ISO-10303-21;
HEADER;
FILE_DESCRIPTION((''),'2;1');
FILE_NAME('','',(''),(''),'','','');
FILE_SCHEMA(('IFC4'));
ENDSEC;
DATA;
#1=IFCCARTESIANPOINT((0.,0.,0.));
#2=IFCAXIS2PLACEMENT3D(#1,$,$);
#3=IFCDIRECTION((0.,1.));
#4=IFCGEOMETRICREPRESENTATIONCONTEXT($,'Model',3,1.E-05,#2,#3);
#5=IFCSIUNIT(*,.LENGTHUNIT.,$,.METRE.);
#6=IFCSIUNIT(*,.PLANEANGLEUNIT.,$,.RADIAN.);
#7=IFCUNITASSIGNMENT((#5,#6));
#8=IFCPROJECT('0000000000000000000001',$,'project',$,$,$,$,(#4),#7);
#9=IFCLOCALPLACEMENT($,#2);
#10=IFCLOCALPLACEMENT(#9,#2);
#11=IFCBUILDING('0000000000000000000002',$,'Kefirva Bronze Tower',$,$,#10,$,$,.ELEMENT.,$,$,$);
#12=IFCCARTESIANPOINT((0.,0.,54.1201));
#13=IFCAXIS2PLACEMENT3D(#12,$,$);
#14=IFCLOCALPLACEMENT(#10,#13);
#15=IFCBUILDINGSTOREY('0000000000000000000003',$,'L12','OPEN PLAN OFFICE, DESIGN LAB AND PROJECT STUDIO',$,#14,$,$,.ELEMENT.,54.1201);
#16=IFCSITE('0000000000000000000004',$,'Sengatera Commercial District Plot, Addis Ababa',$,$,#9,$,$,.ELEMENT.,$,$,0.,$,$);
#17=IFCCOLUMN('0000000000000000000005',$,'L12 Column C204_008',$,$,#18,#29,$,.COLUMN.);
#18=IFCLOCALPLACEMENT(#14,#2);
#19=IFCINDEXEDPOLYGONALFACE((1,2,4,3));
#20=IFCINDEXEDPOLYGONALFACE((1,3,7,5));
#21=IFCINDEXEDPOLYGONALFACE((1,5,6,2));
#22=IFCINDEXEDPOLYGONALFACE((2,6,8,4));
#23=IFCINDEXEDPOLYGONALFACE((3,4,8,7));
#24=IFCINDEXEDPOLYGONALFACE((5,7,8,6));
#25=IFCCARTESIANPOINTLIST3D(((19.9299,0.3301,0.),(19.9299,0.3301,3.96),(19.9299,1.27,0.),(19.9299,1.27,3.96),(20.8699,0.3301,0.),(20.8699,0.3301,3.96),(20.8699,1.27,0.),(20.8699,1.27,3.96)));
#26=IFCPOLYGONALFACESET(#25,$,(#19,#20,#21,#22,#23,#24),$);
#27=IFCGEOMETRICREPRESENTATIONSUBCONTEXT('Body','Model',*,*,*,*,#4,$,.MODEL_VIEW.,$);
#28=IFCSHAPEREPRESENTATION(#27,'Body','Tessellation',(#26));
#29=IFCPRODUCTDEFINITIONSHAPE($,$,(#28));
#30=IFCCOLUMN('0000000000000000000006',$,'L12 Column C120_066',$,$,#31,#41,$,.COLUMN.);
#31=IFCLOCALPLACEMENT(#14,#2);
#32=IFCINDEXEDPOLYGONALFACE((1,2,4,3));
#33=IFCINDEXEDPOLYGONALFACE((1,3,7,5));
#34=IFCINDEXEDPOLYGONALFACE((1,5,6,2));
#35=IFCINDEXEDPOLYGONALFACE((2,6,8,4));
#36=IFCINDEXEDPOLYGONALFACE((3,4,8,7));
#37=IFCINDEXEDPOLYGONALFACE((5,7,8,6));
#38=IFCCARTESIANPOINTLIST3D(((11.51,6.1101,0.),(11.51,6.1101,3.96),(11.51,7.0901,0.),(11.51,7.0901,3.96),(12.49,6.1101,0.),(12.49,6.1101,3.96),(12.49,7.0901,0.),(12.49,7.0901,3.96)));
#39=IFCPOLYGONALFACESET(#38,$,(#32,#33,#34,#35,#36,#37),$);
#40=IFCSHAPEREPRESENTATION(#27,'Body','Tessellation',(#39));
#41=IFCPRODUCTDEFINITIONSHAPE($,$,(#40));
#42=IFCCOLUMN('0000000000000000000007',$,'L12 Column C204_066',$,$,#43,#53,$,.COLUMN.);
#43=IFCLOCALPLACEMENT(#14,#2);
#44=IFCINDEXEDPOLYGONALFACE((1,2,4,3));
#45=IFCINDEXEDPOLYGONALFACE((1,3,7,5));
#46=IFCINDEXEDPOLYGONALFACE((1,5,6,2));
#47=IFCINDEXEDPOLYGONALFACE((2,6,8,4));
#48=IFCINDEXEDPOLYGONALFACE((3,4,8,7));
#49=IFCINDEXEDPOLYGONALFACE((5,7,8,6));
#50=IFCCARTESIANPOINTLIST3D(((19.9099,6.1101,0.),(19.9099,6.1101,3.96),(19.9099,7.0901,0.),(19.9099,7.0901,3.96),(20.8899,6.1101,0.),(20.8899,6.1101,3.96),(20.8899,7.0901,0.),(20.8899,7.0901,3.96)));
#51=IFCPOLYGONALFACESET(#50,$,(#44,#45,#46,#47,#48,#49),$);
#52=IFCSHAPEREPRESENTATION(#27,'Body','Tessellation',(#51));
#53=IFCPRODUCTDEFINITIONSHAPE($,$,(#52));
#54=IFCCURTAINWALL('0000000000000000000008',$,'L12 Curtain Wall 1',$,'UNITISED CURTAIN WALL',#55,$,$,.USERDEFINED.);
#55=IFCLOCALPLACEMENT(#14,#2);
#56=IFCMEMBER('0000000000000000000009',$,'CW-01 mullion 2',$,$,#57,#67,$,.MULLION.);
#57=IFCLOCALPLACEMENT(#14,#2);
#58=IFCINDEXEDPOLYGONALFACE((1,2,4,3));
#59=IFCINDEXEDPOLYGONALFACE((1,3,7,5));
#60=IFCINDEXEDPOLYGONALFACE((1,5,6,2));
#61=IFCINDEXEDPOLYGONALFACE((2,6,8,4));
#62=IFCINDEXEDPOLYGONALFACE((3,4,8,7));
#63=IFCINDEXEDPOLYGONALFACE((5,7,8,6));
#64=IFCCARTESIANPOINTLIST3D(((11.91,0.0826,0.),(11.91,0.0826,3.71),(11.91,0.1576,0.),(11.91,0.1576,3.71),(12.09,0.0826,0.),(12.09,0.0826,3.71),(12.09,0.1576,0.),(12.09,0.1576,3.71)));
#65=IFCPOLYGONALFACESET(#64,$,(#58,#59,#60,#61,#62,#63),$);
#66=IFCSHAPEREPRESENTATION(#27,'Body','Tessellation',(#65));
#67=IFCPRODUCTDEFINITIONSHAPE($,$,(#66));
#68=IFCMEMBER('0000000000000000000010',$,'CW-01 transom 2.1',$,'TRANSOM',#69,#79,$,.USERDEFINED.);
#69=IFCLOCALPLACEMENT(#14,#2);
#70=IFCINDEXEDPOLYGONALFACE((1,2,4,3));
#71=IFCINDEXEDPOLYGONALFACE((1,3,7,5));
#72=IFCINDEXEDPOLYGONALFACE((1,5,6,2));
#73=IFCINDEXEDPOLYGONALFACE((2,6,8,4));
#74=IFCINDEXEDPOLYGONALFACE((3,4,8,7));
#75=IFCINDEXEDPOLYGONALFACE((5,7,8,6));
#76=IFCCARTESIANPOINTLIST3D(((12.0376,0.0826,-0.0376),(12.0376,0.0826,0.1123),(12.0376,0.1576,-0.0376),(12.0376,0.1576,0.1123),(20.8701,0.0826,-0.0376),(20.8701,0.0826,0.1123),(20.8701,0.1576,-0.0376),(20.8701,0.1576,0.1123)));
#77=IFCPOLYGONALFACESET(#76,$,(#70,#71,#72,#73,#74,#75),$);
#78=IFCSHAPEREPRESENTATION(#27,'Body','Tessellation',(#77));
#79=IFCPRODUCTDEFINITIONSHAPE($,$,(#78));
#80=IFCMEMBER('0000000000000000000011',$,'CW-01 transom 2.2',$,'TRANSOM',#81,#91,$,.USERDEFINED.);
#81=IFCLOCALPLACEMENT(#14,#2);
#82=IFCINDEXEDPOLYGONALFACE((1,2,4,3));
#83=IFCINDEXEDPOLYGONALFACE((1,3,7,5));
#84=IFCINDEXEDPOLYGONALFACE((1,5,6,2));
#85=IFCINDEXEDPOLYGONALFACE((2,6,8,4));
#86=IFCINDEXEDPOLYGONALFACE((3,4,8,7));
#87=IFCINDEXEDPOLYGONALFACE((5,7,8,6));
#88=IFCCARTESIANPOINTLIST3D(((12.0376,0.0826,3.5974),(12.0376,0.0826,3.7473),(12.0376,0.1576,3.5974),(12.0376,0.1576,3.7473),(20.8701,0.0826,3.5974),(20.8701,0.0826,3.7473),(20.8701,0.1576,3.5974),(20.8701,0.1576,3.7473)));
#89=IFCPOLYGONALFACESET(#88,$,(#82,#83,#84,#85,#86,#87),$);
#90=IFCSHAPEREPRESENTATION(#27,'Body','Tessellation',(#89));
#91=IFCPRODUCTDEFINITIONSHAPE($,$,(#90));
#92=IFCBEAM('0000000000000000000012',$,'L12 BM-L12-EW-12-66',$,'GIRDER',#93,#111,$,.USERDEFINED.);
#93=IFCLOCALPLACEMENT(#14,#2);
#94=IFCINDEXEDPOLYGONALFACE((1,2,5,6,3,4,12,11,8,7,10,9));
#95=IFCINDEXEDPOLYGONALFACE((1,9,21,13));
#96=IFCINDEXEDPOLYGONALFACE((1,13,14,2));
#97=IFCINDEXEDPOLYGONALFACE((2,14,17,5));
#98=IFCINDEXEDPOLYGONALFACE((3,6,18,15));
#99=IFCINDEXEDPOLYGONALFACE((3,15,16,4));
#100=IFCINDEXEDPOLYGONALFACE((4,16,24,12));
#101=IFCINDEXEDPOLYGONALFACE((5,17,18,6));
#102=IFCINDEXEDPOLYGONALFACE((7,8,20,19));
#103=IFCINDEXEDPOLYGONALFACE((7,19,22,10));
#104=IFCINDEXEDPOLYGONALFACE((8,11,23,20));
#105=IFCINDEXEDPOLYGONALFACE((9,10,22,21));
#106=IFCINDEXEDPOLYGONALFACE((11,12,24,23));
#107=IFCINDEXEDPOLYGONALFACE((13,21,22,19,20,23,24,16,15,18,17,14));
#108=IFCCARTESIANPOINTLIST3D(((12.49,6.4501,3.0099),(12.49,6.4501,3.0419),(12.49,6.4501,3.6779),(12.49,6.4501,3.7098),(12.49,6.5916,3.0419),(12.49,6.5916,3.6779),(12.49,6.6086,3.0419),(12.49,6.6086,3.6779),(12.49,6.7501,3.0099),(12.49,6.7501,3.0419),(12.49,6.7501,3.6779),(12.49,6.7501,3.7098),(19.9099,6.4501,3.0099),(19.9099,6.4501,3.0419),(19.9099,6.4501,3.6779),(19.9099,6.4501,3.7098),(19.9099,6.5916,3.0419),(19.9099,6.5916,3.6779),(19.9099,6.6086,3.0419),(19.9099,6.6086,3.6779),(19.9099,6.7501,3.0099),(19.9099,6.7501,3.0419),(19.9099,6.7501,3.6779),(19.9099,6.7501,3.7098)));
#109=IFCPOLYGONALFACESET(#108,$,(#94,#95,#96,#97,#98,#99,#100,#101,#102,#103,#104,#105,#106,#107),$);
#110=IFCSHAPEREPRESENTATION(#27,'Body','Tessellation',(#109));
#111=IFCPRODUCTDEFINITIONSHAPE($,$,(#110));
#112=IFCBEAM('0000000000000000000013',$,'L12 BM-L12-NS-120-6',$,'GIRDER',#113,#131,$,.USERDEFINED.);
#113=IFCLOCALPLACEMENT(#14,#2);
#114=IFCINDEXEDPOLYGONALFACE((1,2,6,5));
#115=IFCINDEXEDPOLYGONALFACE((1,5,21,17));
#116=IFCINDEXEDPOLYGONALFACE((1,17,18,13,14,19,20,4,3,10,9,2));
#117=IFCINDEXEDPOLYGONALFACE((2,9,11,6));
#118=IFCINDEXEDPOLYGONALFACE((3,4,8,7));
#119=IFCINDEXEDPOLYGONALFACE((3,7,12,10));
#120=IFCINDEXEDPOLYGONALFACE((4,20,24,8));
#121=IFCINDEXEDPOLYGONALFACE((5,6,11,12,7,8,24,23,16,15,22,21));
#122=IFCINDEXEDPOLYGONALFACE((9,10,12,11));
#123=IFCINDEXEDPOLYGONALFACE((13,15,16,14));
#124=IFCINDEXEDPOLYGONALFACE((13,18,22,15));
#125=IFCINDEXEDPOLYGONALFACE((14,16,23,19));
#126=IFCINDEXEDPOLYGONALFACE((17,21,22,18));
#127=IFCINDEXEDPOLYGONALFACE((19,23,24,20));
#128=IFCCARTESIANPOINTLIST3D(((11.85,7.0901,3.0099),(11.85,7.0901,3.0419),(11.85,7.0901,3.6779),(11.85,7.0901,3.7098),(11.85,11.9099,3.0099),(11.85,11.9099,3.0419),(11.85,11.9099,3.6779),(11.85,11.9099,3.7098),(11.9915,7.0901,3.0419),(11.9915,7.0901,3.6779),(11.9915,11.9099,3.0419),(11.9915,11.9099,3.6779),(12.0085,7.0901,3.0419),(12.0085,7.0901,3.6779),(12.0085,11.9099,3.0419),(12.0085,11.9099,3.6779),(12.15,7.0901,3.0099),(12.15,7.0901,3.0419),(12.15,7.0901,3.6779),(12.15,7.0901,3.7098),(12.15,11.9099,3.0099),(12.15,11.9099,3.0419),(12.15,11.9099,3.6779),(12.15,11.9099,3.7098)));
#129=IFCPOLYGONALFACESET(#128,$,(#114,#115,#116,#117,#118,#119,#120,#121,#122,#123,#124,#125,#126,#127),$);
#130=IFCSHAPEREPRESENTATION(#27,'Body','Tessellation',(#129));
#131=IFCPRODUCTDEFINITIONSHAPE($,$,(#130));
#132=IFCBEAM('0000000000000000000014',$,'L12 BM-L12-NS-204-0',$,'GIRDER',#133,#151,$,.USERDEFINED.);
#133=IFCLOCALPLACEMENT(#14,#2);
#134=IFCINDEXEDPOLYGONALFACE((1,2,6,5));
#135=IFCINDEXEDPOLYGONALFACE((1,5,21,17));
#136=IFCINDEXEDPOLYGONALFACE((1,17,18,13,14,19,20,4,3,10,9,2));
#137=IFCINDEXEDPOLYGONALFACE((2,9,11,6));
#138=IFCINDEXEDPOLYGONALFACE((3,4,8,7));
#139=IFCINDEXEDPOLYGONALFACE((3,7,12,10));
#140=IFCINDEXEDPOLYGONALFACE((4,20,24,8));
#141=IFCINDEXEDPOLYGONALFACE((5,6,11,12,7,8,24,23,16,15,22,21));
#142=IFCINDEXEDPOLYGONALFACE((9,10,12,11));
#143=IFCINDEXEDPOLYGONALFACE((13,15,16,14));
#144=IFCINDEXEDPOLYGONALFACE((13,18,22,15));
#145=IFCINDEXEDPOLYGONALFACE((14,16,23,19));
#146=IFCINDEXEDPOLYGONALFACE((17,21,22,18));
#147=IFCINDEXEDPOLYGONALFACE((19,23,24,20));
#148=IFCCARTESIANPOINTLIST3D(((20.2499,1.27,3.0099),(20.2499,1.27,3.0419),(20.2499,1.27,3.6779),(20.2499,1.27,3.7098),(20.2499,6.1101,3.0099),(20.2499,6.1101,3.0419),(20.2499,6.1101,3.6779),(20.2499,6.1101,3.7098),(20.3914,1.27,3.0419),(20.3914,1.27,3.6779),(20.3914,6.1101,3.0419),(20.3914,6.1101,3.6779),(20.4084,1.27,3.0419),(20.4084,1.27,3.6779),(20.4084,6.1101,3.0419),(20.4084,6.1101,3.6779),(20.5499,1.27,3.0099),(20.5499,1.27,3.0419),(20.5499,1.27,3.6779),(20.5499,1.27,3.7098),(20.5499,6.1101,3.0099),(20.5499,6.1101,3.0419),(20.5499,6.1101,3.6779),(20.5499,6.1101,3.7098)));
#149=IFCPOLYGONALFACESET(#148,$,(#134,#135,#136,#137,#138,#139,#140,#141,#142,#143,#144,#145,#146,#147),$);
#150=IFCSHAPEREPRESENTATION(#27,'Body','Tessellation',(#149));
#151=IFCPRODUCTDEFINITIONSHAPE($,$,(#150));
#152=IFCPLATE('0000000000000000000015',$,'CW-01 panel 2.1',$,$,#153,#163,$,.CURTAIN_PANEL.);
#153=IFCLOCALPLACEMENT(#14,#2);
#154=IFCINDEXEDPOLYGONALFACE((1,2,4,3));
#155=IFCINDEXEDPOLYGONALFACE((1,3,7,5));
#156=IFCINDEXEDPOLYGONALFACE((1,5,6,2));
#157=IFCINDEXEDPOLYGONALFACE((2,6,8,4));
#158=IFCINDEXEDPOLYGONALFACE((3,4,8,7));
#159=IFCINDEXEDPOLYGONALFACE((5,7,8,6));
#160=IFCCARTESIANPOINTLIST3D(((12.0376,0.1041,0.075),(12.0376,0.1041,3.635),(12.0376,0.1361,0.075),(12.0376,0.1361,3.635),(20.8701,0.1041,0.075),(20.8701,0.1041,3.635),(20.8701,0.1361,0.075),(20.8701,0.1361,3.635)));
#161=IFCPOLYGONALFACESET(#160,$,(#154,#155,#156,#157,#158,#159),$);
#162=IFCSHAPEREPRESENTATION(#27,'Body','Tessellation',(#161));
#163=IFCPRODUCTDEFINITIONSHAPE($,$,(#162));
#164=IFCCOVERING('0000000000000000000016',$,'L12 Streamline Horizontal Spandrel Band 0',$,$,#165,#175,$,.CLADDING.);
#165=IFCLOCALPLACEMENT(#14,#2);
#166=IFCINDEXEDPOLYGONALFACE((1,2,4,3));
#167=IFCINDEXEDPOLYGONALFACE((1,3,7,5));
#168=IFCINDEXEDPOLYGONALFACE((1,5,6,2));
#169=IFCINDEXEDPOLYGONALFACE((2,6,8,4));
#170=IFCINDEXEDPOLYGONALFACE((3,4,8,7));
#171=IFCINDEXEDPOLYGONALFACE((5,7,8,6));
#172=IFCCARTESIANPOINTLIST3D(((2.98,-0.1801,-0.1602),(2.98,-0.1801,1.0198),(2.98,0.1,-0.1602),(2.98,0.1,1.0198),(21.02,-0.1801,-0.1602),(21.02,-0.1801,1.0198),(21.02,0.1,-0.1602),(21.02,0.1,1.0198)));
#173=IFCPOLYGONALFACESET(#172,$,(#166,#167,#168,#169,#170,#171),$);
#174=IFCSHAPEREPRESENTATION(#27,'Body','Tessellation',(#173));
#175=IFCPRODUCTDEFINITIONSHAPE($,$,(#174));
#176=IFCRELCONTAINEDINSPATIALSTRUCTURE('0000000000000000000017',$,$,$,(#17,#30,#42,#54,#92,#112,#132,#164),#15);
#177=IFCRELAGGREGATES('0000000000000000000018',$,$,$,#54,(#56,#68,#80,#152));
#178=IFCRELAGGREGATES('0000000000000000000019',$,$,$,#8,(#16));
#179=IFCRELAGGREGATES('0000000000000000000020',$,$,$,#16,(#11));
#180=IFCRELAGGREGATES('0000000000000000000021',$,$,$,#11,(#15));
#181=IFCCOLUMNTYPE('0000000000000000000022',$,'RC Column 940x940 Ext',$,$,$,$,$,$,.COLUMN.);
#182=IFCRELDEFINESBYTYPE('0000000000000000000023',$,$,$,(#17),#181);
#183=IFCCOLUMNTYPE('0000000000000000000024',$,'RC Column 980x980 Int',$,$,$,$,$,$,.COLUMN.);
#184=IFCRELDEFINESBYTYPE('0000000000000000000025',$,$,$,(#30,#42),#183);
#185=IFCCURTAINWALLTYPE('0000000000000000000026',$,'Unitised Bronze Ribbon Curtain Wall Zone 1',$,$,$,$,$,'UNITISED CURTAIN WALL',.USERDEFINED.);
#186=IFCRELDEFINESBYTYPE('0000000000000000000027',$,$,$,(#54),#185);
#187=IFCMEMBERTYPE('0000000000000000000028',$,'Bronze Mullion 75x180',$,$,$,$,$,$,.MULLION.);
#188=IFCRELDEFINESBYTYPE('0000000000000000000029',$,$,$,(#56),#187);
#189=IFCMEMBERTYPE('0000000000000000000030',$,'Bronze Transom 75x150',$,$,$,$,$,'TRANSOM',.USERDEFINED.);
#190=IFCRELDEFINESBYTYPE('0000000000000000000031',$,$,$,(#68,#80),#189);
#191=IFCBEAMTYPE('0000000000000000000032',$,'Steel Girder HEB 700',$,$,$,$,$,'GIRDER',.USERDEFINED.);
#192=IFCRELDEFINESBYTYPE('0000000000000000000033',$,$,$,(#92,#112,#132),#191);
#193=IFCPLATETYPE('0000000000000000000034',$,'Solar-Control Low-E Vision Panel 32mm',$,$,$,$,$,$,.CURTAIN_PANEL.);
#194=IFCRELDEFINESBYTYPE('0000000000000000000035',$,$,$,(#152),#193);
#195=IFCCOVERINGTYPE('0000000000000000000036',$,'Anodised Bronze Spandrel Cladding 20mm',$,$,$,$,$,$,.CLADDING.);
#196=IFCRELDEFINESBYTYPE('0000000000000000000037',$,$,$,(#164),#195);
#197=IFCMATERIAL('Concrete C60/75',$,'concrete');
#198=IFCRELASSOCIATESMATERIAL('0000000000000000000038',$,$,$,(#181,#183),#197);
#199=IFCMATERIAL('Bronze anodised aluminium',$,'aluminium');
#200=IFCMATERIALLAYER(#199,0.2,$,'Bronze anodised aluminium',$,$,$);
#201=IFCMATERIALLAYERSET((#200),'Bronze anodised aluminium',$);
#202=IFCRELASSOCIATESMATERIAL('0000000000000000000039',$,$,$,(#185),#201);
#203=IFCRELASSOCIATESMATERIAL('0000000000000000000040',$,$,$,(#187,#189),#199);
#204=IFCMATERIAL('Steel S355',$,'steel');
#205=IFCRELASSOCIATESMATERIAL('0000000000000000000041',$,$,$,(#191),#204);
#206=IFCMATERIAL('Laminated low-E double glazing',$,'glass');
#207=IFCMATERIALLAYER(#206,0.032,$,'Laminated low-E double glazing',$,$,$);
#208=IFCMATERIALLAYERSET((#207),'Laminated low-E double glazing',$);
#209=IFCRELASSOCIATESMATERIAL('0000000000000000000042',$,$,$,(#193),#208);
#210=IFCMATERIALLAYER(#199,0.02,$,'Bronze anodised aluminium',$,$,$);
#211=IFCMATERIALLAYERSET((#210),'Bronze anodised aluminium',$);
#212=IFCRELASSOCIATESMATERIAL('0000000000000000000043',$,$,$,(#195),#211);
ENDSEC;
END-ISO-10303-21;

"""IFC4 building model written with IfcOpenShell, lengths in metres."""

from ifc_helpers import new_model, si_unit, direction, frame, origin, origin_2d, place, context, subcontext, project, spatial, rectangle, i_section, extrude, material, layer, layer_set, material_profile, profile_set, type_object, element, aggregate, save


model = new_model("IFC4")

# Units and contexts
model_context = context("Model", 3, precision=1e-05, world=origin(), true_north=direction((0.0, 1.0)))
body_context = subcontext(model_context, "Body", "Model", "MODEL_VIEW")
ifc_project = project(units=[si_unit("LENGTHUNIT", "METRE"), si_unit("PLANEANGLEUNIT", "RADIAN")], contexts=[model_context])

# Site, building, storey
site_placement = place(None, origin())
site = spatial("IfcSite", under=ifc_project, at=site_placement, Name="Sengatera Commercial District Plot, Addis Ababa", CompositionType="ELEMENT", RefElevation=0.0)
building_placement = place(site_placement, origin())
building = spatial("IfcBuilding", under=site, at=building_placement, Name="Kefirva Bronze Tower", CompositionType="ELEMENT")
storey_placement = place(building_placement, frame((0.0, 0.0, 54.1201)))
storey = spatial("IfcBuildingStorey", under=building, at=storey_placement, Name="L12", Description="OPEN PLAN OFFICE, DESIGN LAB AND PROJECT STUDIO", CompositionType="ELEMENT", Elevation=54.1201)

# Columns
ifc_material_1 = material(Name="Concrete C60/75", Category="concrete")
ifc_material_profile_1 = material_profile(ifc_material_1, rectangle(XDim=0.9399, YDim=0.9399, at=origin_2d()), Name="RC 940x940")
ifc_profile_set_1 = profile_set([ifc_material_profile_1], Name="Concrete C60/75")
column_type_1 = type_object("IfcColumnType", Name="RC Column 940x940 Ext", PredefinedType="COLUMN", material=ifc_profile_set_1)
column_placement = place(storey_placement, frame((20.3999, 0.8, 0.0), z_axis=(0.0, 0.0, 1.0), x_axis=(1.0, 0.0, 0.0)))
element("IfcColumn", 1, at=column_placement, inside=storey, type_object=column_type_1, Name="L12 Column C204_008", PredefinedType="COLUMN", context=body_context, shape_type="SweptSolid", body=[
    extrude(rectangle(XDim=0.9399, YDim=0.9399, at=origin_2d()), origin(), (0.0, 0.0, 1.0), 3.96),
])
ifc_material_profile_2 = material_profile(ifc_material_1, rectangle(XDim=0.98, YDim=0.98, at=origin_2d()), Name="RC 980x980")
ifc_profile_set_2 = profile_set([ifc_material_profile_2], Name="Concrete C60/75")
column_type_2 = type_object("IfcColumnType", Name="RC Column 980x980 Int", PredefinedType="COLUMN", material=ifc_profile_set_2)
for number, where, z_axis, x_axis, name in (
    (2, (12.0, 6.6001, 0.0), (0.0, 0.0, 1.0), (1.0, 0.0, 0.0), "L12 Column C120_066"),
    (3, (20.3999, 6.6001, 0.0), (0.0, 0.0, 1.0), (1.0, 0.0, 0.0), "L12 Column C204_066"),
):
    element("IfcColumn", number, at=place(storey_placement, frame(where, z_axis=z_axis, x_axis=x_axis)), inside=storey, type_object=column_type_2, Name=name, PredefinedType="COLUMN", context=body_context, shape_type="SweptSolid", body=[
        extrude(rectangle(XDim=0.98, YDim=0.98, at=origin_2d()), origin(), (0.0, 0.0, 1.0), 3.96),
    ])

# Curtain wall, members
ifc_material_2 = material(Name="Bronze anodised aluminium", Category="aluminium")
ifc_layer_1 = layer(ifc_material_2, 0.2, Name="Bronze anodised aluminium")
ifc_layer_set_1 = layer_set([ifc_layer_1], Name="Bronze anodised aluminium")
curtain_wall_type = type_object("IfcCurtainWallType", Name="Unitised Bronze Ribbon Curtain Wall Zone 1", ElementType="UNITISED CURTAIN WALL", PredefinedType="USERDEFINED", material=ifc_layer_set_1)
curtain_wall_placement = place(storey_placement, origin())
curtain_wall = element("IfcCurtainWall", 4, at=curtain_wall_placement, inside=storey, type_object=curtain_wall_type, Name="L12 Curtain Wall 1", ObjectType="UNITISED CURTAIN WALL", PredefinedType="USERDEFINED")
ifc_material_profile_3 = material_profile(ifc_material_2, rectangle(XDim=0.075, YDim=0.1799, at=origin_2d()), Name="ALU 75x180")
ifc_profile_set_3 = profile_set([ifc_material_profile_3], Name="Bronze anodised aluminium")
member_type_1 = type_object("IfcMemberType", Name="Bronze Mullion 75x180", PredefinedType="MULLION", material=ifc_profile_set_3)
member_1_placement = place(storey_placement, frame((12.0, 0.1201, 0.0), z_axis=(0.0, 0.0, 1.0), x_axis=(0.0, 1.0, 0.0)))
member_1 = element("IfcMember", 5, at=member_1_placement, type_object=member_type_1, Name="CW-01 mullion 2", PredefinedType="MULLION", context=body_context, shape_type="SweptSolid", body=[
    extrude(rectangle(XDim=0.075, YDim=0.1799, at=origin_2d()), origin(), (0.0, 0.0, 1.0), 3.71),
])
ifc_material_profile_4 = material_profile(ifc_material_2, rectangle(XDim=0.075, YDim=0.1499, at=origin_2d()), Name="ALU 75x150")
ifc_profile_set_4 = profile_set([ifc_material_profile_4], Name="Bronze anodised aluminium")
member_type_2 = type_object("IfcMemberType", Name="Bronze Transom 75x150", ElementType="TRANSOM", PredefinedType="USERDEFINED", material=ifc_profile_set_4)
member_2_placement = place(storey_placement, frame((12.0376, 0.1201, 0.0374), z_axis=(1.0, 0.0, 0.0), x_axis=(0.0, 1.0, 0.0)))
member_2 = element("IfcMember", 6, at=member_2_placement, type_object=member_type_2, Name="CW-01 transom 2.1", ObjectType="TRANSOM", PredefinedType="USERDEFINED", context=body_context, shape_type="SweptSolid", body=[
    extrude(rectangle(XDim=0.075, YDim=0.1499, at=origin_2d()), origin(), (0.0, 0.0, 1.0), 8.8325),
])
member_3_placement = place(storey_placement, frame((12.0376, 0.1201, 3.6724), z_axis=(1.0, 0.0, 0.0), x_axis=(0.0, 1.0, 0.0)))
member_3 = element("IfcMember", 7, at=member_3_placement, type_object=member_type_2, Name="CW-01 transom 2.2", ObjectType="TRANSOM", PredefinedType="USERDEFINED", context=body_context, shape_type="SweptSolid", body=[
    extrude(rectangle(XDim=0.075, YDim=0.1499, at=origin_2d()), origin(), (0.0, 0.0, 1.0), 8.8325),
])

# Beams
ifc_material_3 = material(Name="Steel S355", Category="steel")
ifc_material_profile_5 = material_profile(ifc_material_3, i_section(OverallWidth=0.3, OverallDepth=0.7, WebThickness=0.0171, FlangeThickness=0.032, at=origin_2d()), Name="HEB 700")
ifc_profile_set_5 = profile_set([ifc_material_profile_5], Name="Steel S355")
beam_type = type_object("IfcBeamType", Name="Steel Girder HEB 700", ElementType="GIRDER", PredefinedType="USERDEFINED", material=ifc_profile_set_5)
beam_1_placement = place(storey_placement, frame((12.49, 6.6001, 3.3599), z_axis=(1.0, 0.0, 0.0), x_axis=(0.0, 1.0, 0.0)))
element("IfcBeam", 8, at=beam_1_placement, inside=storey, type_object=beam_type, Name="L12 BM-L12-EW-12-66", ObjectType="GIRDER", PredefinedType="USERDEFINED", context=body_context, shape_type="SweptSolid", body=[
    extrude(i_section(OverallWidth=0.3, OverallDepth=0.7, WebThickness=0.0171, FlangeThickness=0.032, at=origin_2d()), origin(), (0.0, 0.0, 1.0), 7.4199),
])
beam_2_placement = place(storey_placement, frame((12.0, 7.0901, 3.3599), z_axis=(0.0, 1.0, 0.0), x_axis=(-1.0, 0.0, 0.0)))
element("IfcBeam", 9, at=beam_2_placement, inside=storey, type_object=beam_type, Name="L12 BM-L12-NS-120-6", ObjectType="GIRDER", PredefinedType="USERDEFINED", context=body_context, shape_type="SweptSolid", body=[
    extrude(i_section(OverallWidth=0.3, OverallDepth=0.7, WebThickness=0.0171, FlangeThickness=0.032, at=origin_2d()), origin(), (0.0, 0.0, 1.0), 4.8198),
])
beam_3_placement = place(storey_placement, frame((20.3999, 1.27, 3.3599), z_axis=(0.0, 1.0, 0.0), x_axis=(-1.0, 0.0, 0.0)))
element("IfcBeam", 10, at=beam_3_placement, inside=storey, type_object=beam_type, Name="L12 BM-L12-NS-204-0", ObjectType="GIRDER", PredefinedType="USERDEFINED", context=body_context, shape_type="SweptSolid", body=[
    extrude(i_section(OverallWidth=0.3, OverallDepth=0.7, WebThickness=0.0171, FlangeThickness=0.032, at=origin_2d()), origin(), (0.0, 0.0, 1.0), 4.8401),
])

# Plate
ifc_material_4 = material(Name="Laminated low-E double glazing", Category="glass")
ifc_layer_2 = layer(ifc_material_4, 0.032, Name="Laminated low-E double glazing")
ifc_layer_set_2 = layer_set([ifc_layer_2], Name="Laminated low-E double glazing")
plate_type = type_object("IfcPlateType", Name="Solar-Control Low-E Vision Panel 32mm", PredefinedType="CURTAIN_PANEL", material=ifc_layer_set_2)
plate_placement = place(storey_placement, frame((16.4539, 0.1201, 0.075), z_axis=(0.0, 0.0, 1.0), x_axis=(1.0, 0.0, 0.0)))
plate = element("IfcPlate", 11, at=plate_placement, type_object=plate_type, Name="CW-01 panel 2.1", PredefinedType="CURTAIN_PANEL", context=body_context, shape_type="SweptSolid", body=[
    extrude(rectangle(XDim=8.8325, YDim=0.032, at=origin_2d()), origin(), (0.0, 0.0, 1.0), 3.5601),
])
aggregate(curtain_wall, [member_1, member_2, member_3, plate])

# Covering
ifc_layer_3 = layer(ifc_material_2, 0.02, Name="Bronze anodised aluminium")
ifc_layer_set_3 = layer_set([ifc_layer_3], Name="Bronze anodised aluminium")
covering_type_1 = type_object("IfcCoveringType", Name="Anodised Bronze Spandrel Cladding 20mm", PredefinedType="CLADDING", material=ifc_layer_set_3)
covering_1_placement = place(storey_placement, frame((12.0, -0.04, -0.1602), z_axis=(0.0, 0.0, 1.0), x_axis=(1.0, 0.0, 0.0)))
element("IfcCovering", 12, at=covering_1_placement, inside=storey, type_object=covering_type_1, Name="L12 Streamline Horizontal Spandrel Band 0", PredefinedType="CLADDING", context=body_context, shape_type="SweptSolid", body=[
    extrude(rectangle(XDim=18.04, YDim=0.28, at=origin_2d()), origin(), (0.0, 0.0, 1.0), 1.1799),
])

save(model, "model.ifc")
